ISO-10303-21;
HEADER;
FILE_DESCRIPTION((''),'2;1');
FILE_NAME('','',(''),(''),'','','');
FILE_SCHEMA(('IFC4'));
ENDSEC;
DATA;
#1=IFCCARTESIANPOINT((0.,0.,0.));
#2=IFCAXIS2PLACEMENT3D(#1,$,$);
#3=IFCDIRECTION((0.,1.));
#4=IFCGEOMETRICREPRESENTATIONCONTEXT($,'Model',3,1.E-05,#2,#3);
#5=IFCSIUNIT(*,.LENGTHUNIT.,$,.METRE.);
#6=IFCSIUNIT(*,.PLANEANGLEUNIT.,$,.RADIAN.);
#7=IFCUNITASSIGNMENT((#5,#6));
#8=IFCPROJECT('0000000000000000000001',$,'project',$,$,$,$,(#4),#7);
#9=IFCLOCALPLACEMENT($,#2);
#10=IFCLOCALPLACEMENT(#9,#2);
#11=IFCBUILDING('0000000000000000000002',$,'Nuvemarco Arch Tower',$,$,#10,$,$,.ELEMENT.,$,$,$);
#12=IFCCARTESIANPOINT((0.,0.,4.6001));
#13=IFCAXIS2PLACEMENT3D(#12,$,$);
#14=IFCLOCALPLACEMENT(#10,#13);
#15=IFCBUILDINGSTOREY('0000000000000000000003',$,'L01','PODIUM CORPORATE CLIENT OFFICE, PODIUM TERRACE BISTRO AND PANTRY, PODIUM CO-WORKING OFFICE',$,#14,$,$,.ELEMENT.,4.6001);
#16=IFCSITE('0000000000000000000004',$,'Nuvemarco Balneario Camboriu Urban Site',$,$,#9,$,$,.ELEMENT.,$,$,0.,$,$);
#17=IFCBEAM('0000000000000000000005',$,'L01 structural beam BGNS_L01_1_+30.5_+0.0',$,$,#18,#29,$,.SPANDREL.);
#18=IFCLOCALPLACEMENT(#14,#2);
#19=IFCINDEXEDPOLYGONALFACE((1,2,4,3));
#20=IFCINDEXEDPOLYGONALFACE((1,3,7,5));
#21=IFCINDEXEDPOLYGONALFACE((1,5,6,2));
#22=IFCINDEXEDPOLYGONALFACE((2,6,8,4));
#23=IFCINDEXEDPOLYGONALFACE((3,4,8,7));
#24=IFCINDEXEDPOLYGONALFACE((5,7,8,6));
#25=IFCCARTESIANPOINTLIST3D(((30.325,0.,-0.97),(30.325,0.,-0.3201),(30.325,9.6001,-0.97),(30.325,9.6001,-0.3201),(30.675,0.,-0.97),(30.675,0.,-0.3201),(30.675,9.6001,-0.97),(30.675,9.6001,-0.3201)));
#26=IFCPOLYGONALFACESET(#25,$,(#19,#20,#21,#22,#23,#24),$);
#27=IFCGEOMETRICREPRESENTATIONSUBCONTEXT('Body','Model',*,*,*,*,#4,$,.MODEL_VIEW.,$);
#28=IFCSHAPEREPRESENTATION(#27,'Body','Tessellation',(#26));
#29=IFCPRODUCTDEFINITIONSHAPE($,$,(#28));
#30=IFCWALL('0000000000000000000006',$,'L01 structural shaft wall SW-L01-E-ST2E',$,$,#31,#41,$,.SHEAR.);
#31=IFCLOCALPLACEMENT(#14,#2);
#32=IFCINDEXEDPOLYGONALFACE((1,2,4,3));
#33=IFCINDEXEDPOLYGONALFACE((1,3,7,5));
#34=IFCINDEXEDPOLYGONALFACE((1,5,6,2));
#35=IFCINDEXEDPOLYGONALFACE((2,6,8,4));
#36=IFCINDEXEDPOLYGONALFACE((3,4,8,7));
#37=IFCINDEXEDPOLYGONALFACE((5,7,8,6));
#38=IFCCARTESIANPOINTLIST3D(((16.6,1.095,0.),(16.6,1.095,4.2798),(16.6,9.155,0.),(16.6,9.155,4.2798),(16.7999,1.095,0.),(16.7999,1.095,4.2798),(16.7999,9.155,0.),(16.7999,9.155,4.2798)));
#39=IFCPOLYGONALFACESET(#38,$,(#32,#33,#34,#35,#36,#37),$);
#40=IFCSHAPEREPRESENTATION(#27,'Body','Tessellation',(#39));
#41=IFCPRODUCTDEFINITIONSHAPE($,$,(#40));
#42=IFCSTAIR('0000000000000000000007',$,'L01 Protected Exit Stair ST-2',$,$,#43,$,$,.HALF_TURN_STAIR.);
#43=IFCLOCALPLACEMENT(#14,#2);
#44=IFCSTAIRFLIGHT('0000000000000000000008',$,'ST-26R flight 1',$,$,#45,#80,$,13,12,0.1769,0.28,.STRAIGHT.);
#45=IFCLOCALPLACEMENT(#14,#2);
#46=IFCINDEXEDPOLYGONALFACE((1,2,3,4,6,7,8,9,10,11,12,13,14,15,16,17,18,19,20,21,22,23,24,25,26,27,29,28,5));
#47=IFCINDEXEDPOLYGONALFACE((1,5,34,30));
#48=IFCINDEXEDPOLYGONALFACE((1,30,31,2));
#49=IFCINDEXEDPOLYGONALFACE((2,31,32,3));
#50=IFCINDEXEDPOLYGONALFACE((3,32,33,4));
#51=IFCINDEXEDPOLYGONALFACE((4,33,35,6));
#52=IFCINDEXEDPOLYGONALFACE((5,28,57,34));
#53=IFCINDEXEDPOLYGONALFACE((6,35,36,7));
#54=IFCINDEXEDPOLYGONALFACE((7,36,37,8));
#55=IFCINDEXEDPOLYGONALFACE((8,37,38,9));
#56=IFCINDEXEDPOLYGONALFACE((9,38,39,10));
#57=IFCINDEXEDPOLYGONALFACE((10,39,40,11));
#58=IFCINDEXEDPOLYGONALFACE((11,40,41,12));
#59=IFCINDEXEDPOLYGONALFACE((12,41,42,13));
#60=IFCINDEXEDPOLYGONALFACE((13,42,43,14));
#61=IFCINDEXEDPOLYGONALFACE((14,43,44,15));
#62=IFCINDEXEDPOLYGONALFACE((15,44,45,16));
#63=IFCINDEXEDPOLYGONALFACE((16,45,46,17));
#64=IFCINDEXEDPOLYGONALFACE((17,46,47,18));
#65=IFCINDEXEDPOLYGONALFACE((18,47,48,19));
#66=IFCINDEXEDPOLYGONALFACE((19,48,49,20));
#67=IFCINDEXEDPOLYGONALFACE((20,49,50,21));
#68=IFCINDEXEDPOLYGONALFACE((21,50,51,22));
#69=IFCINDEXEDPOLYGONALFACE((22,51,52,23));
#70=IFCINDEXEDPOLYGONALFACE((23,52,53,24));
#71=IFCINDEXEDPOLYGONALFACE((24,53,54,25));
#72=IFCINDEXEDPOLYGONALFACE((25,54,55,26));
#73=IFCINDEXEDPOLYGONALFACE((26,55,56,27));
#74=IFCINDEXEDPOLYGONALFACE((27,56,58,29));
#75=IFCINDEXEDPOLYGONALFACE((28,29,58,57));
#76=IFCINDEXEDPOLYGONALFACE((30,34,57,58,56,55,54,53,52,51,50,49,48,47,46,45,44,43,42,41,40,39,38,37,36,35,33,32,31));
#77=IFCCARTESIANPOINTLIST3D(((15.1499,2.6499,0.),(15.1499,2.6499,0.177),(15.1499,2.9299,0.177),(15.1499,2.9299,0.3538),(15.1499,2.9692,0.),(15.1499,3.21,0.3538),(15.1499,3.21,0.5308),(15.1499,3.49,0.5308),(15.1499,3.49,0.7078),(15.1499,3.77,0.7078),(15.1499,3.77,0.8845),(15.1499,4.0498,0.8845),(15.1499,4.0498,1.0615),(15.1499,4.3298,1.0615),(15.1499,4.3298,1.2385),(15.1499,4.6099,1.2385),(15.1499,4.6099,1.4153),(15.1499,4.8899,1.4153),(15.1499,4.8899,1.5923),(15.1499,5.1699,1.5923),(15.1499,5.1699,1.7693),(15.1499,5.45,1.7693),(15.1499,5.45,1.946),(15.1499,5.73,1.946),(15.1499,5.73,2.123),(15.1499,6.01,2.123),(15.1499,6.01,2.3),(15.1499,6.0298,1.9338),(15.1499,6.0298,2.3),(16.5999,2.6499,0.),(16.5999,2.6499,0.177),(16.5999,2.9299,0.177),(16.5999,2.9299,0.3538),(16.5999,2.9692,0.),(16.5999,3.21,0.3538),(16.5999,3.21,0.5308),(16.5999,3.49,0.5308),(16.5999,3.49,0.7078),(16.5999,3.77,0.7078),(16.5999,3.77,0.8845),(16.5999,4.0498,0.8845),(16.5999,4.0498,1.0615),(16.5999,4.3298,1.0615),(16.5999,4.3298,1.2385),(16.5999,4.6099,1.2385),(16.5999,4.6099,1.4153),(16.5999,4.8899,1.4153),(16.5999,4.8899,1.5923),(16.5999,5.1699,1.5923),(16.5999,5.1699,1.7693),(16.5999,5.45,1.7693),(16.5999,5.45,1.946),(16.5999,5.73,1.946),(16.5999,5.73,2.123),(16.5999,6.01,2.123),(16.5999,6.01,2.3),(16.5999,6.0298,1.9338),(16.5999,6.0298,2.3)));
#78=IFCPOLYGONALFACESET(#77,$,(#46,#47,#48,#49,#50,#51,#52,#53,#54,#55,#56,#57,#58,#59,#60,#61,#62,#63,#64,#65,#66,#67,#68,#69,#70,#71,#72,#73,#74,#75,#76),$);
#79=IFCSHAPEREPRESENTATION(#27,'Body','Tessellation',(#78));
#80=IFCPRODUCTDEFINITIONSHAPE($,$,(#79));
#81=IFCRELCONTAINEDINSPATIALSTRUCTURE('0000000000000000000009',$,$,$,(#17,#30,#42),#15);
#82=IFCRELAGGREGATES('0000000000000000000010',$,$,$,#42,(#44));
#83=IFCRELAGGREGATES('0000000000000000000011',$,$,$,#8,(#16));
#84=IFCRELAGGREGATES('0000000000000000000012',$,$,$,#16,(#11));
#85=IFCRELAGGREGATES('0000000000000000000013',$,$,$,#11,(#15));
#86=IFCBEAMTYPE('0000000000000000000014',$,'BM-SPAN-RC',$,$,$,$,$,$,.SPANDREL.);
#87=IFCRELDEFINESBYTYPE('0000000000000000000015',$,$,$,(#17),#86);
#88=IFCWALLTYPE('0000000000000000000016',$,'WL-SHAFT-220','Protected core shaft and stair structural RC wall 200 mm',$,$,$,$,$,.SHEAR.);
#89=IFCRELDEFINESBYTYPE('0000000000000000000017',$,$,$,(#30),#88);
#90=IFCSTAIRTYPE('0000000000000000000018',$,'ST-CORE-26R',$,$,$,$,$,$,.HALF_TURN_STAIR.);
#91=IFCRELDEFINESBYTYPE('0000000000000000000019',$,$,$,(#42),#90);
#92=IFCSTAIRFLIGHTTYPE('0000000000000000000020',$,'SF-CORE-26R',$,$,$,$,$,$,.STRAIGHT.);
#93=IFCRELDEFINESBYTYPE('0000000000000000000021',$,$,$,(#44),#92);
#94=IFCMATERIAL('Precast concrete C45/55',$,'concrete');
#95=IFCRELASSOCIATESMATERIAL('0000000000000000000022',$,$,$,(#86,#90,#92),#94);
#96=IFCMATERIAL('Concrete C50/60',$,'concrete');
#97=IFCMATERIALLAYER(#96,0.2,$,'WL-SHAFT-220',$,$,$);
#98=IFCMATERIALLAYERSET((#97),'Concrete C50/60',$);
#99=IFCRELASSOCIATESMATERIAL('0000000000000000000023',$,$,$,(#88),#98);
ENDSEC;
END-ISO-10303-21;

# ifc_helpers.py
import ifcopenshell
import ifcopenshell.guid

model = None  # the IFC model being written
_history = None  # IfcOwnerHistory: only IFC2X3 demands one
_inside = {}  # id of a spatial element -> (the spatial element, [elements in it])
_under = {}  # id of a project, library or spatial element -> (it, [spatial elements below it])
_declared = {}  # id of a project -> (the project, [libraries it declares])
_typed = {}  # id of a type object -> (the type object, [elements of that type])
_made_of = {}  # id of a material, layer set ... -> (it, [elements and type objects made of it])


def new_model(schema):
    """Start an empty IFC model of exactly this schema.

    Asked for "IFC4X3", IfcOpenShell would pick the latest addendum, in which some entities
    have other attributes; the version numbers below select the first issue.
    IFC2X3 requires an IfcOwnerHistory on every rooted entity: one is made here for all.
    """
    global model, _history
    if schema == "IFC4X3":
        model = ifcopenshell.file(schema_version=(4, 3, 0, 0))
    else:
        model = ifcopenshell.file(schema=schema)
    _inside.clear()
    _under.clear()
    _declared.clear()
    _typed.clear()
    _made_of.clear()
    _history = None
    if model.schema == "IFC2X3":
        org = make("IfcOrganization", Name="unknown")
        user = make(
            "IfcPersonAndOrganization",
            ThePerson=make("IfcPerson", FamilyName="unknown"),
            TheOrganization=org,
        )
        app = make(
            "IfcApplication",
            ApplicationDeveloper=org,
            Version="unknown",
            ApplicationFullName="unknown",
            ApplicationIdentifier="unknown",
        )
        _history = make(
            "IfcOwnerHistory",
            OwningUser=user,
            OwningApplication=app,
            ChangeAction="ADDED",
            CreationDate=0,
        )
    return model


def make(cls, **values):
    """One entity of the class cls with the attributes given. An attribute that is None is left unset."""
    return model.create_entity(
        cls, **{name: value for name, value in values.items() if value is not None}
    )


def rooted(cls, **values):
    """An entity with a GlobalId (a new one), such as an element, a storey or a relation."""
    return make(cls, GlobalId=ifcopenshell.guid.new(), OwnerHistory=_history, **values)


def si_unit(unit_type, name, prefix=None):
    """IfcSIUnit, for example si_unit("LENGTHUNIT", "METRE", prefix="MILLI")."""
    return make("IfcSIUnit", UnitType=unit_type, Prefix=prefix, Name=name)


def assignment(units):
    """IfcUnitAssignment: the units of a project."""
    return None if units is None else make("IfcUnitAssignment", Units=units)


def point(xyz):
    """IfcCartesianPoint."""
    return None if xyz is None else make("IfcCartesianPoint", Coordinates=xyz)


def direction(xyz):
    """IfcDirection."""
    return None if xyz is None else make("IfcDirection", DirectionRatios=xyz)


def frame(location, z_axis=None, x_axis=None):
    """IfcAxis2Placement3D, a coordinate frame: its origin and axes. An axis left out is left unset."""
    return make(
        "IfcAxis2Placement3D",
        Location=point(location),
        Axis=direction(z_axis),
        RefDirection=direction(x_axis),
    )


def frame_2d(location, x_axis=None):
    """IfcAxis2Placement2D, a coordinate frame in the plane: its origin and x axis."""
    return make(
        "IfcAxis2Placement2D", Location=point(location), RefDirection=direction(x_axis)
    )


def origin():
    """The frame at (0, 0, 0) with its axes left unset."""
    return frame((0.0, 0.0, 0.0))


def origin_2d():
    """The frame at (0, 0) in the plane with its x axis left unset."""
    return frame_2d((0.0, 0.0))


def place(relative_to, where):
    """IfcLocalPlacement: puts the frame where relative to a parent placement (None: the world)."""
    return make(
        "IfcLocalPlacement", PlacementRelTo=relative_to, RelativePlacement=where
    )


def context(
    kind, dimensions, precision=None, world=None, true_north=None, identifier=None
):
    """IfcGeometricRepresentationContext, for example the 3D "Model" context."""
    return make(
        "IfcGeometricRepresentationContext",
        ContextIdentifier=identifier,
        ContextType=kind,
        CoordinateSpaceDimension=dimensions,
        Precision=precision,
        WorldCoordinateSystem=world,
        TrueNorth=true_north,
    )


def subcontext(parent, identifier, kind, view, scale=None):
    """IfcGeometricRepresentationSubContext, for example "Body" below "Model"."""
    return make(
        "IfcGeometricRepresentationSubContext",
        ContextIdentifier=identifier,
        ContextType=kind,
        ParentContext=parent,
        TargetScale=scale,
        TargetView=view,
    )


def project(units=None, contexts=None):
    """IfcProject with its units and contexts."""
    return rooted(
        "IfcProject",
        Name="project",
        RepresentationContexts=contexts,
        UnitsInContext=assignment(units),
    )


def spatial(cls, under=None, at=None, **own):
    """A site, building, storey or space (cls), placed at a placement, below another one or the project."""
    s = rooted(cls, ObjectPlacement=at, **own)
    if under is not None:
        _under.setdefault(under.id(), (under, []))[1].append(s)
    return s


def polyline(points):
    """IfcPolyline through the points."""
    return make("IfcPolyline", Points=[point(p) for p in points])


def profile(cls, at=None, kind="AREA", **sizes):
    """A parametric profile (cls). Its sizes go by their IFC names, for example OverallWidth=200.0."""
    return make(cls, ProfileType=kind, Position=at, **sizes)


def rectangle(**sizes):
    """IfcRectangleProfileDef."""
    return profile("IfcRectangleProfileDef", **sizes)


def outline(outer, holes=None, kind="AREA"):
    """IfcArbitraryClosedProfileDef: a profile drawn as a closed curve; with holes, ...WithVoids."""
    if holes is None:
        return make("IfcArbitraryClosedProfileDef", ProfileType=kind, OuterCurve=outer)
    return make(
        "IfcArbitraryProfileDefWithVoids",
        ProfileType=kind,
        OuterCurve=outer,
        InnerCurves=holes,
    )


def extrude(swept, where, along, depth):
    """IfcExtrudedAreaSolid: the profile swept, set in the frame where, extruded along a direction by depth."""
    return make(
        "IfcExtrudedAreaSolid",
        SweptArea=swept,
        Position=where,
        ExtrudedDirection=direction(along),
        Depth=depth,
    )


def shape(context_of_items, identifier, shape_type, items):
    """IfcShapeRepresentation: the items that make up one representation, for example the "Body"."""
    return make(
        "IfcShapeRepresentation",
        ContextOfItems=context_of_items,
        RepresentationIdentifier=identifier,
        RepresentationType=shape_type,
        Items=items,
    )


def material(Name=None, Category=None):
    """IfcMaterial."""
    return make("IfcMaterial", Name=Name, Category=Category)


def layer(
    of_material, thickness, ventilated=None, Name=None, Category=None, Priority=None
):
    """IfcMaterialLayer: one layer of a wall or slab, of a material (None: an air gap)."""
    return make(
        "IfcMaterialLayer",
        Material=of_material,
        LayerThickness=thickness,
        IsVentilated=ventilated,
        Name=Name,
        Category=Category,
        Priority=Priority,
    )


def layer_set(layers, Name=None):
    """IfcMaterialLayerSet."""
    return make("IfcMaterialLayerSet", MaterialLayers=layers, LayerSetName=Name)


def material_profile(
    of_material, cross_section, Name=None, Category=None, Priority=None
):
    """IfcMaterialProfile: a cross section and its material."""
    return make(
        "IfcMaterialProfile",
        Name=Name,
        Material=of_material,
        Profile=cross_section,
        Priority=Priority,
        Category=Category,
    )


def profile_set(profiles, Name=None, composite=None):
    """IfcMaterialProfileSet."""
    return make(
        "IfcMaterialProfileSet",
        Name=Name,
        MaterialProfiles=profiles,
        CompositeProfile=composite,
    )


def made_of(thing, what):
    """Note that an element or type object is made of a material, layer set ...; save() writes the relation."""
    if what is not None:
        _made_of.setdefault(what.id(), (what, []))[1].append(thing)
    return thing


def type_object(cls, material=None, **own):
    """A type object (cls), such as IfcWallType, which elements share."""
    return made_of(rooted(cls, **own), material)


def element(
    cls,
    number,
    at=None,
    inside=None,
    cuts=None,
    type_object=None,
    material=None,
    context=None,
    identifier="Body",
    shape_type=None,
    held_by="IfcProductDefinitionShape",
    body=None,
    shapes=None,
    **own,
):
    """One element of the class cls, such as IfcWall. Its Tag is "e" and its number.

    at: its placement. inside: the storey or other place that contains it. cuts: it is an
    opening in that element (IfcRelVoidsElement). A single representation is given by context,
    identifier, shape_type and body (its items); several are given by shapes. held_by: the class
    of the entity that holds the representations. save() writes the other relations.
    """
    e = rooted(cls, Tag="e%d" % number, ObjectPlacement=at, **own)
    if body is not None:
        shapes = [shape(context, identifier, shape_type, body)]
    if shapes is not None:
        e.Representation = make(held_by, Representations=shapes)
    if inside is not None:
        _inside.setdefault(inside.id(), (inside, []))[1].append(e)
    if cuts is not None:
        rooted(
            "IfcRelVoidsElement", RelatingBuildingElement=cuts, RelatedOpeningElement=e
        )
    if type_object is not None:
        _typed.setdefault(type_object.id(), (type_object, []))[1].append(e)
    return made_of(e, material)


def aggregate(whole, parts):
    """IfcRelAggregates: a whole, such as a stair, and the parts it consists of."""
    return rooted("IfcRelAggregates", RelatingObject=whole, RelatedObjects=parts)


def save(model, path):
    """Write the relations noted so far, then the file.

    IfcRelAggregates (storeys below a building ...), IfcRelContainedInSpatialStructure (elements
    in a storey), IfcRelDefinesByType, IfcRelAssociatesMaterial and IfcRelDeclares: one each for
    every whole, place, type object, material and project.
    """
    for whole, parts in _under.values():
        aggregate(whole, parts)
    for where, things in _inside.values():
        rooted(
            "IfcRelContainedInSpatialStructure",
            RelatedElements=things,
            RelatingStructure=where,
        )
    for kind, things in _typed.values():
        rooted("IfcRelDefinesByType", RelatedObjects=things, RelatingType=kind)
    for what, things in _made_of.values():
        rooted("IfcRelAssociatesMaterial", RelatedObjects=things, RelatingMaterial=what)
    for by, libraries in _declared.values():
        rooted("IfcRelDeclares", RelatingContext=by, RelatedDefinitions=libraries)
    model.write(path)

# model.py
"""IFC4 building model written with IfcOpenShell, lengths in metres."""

from ifc_helpers import new_model, si_unit, direction, frame, frame_2d, origin, origin_2d, place, context, subcontext, project, spatial, polyline, rectangle, outline, extrude, material, layer, layer_set, material_profile, profile_set, type_object, element, aggregate, save


model = new_model("IFC4")

# Units and contexts
model_context = context("Model", 3, precision=1e-05, world=origin(), true_north=direction((0.0, 1.0)))
body_context = subcontext(model_context, "Body", "Model", "MODEL_VIEW")
ifc_project = project(units=[si_unit("LENGTHUNIT", "METRE"), si_unit("PLANEANGLEUNIT", "RADIAN")], contexts=[model_context])

# Site, building, storey
site_placement = place(None, origin())
site = spatial("IfcSite", under=ifc_project, at=site_placement, Name="Nuvemarco Balneario Camboriu Urban Site", CompositionType="ELEMENT", RefElevation=0.0)
building_placement = place(site_placement, origin())
building = spatial("IfcBuilding", under=site, at=building_placement, Name="Nuvemarco Arch Tower", CompositionType="ELEMENT")
storey_placement = place(building_placement, frame((0.0, 0.0, 4.6001)))
storey = spatial("IfcBuildingStorey", under=building, at=storey_placement, Name="L01", Description="PODIUM CORPORATE CLIENT OFFICE, PODIUM TERRACE BISTRO AND PANTRY, PODIUM CO-WORKING OFFICE", CompositionType="ELEMENT", Elevation=4.6001)

# Beam
ifc_material_1 = material(Name="Precast concrete C45/55", Category="concrete")
ifc_material_profile_1 = material_profile(ifc_material_1, rectangle(XDim=0.3501, YDim=0.6499, at=origin_2d()), Name="PC-SP-350x650")
ifc_profile_set_1 = profile_set([ifc_material_profile_1], Name="Precast concrete C45/55")
beam_type_1 = type_object("IfcBeamType", Name="BM-SPAN-RC", PredefinedType="SPANDREL", material=ifc_profile_set_1)
beam_1_placement = place(storey_placement, frame((30.5, 0.0, -0.645), z_axis=(0.0, 1.0, 0.0), x_axis=(-1.0, 0.0, 0.0)))
element("IfcBeam", 1, at=beam_1_placement, inside=storey, type_object=beam_type_1, Name="L01 structural beam BGNS_L01_1_+30.5_+0.0", PredefinedType="SPANDREL", context=body_context, shape_type="SweptSolid", body=[
    extrude(rectangle(XDim=0.3501, YDim=0.6499, at=origin_2d()), origin(), (0.0, 0.0, 1.0), 9.6001),
])

# Wall
ifc_material_2 = material(Name="Concrete C50/60", Category="concrete")
ifc_layer = layer(ifc_material_2, 0.2, Name="WL-SHAFT-220")
ifc_layer_set = layer_set([ifc_layer], Name="Concrete C50/60")
wall_type = type_object("IfcWallType", Name="WL-SHAFT-220", Description="Protected core shaft and stair structural RC wall 200 mm", PredefinedType="SHEAR", material=ifc_layer_set)
wall_placement = place(storey_placement, frame((16.7, 1.095, 0.0), z_axis=(0.0, 0.0, 1.0), x_axis=(0.0, 1.0, 0.0)))
element("IfcWall", 2, at=wall_placement, inside=storey, type_object=wall_type, Name="L01 structural shaft wall SW-L01-E-ST2E", PredefinedType="SHEAR", context=body_context, shape_type="SweptSolid", body=[
    extrude(rectangle(XDim=8.0601, YDim=0.2, at=frame_2d((4.03, 0.0))), origin(), (0.0, 0.0, 1.0), 4.2798),
])

# Stair, stair flight
stair_type = type_object("IfcStairType", Name="ST-CORE-26R", PredefinedType="HALF_TURN_STAIR", material=ifc_material_1)
stair_placement = place(storey_placement, origin())
stair = element("IfcStair", 3, at=stair_placement, inside=storey, type_object=stair_type, Name="L01 Protected Exit Stair ST-2", PredefinedType="HALF_TURN_STAIR")
stair_flight_type = type_object("IfcStairFlightType", Name="SF-CORE-26R", PredefinedType="STRAIGHT", material=ifc_material_1)
stair_flight_placement = place(storey_placement, frame((15.875, 2.6499, 0.0), z_axis=(0.0, 0.0, 1.0), x_axis=(0.0, 1.0, 0.0)))
stair_flight = element("IfcStairFlight", 4, at=stair_flight_placement, type_object=stair_flight_type, Name="ST-26R flight 1", NumberOfRisers=13, NumberOfTreads=12, PredefinedType="STRAIGHT", RiserHeight=0.1769, TreadLength=0.28, context=body_context, shape_type="SweptSolid", body=[
    extrude(outline(polyline([(0.0, 0.0), (0.0, 0.177), (0.28, 0.177), (0.28, 0.3538), (0.5601, 0.3538), (0.5601, 0.5308), (0.8401, 0.5308), (0.8401, 0.7078), (1.1201, 0.7078), (1.1201, 0.8845), (1.3999, 0.8845), (1.3999, 1.0615), (1.6799, 1.0615), (1.6799, 1.2385), (1.96, 1.2385), (1.96, 1.4153), (2.24, 1.4153), (2.24, 1.5923), (2.52, 1.5923), (2.52, 1.7693), (2.8, 1.7693), (2.8, 1.946), (3.0801, 1.946), (3.0801, 2.123), (3.3601, 2.123), (3.3601, 2.3), (3.3799, 2.3), (3.3799, 1.9338), (0.3193, 0.0), (0.0, 0.0)])), frame((0.0, 0.7251, 0.0), z_axis=(0.0, -1.0, 0.0), x_axis=(1.0, 0.0, 0.0)), (0.0, 0.0, 1.0), 1.45),
])
aggregate(stair, [stair_flight])

save(model, "model.ifc")
